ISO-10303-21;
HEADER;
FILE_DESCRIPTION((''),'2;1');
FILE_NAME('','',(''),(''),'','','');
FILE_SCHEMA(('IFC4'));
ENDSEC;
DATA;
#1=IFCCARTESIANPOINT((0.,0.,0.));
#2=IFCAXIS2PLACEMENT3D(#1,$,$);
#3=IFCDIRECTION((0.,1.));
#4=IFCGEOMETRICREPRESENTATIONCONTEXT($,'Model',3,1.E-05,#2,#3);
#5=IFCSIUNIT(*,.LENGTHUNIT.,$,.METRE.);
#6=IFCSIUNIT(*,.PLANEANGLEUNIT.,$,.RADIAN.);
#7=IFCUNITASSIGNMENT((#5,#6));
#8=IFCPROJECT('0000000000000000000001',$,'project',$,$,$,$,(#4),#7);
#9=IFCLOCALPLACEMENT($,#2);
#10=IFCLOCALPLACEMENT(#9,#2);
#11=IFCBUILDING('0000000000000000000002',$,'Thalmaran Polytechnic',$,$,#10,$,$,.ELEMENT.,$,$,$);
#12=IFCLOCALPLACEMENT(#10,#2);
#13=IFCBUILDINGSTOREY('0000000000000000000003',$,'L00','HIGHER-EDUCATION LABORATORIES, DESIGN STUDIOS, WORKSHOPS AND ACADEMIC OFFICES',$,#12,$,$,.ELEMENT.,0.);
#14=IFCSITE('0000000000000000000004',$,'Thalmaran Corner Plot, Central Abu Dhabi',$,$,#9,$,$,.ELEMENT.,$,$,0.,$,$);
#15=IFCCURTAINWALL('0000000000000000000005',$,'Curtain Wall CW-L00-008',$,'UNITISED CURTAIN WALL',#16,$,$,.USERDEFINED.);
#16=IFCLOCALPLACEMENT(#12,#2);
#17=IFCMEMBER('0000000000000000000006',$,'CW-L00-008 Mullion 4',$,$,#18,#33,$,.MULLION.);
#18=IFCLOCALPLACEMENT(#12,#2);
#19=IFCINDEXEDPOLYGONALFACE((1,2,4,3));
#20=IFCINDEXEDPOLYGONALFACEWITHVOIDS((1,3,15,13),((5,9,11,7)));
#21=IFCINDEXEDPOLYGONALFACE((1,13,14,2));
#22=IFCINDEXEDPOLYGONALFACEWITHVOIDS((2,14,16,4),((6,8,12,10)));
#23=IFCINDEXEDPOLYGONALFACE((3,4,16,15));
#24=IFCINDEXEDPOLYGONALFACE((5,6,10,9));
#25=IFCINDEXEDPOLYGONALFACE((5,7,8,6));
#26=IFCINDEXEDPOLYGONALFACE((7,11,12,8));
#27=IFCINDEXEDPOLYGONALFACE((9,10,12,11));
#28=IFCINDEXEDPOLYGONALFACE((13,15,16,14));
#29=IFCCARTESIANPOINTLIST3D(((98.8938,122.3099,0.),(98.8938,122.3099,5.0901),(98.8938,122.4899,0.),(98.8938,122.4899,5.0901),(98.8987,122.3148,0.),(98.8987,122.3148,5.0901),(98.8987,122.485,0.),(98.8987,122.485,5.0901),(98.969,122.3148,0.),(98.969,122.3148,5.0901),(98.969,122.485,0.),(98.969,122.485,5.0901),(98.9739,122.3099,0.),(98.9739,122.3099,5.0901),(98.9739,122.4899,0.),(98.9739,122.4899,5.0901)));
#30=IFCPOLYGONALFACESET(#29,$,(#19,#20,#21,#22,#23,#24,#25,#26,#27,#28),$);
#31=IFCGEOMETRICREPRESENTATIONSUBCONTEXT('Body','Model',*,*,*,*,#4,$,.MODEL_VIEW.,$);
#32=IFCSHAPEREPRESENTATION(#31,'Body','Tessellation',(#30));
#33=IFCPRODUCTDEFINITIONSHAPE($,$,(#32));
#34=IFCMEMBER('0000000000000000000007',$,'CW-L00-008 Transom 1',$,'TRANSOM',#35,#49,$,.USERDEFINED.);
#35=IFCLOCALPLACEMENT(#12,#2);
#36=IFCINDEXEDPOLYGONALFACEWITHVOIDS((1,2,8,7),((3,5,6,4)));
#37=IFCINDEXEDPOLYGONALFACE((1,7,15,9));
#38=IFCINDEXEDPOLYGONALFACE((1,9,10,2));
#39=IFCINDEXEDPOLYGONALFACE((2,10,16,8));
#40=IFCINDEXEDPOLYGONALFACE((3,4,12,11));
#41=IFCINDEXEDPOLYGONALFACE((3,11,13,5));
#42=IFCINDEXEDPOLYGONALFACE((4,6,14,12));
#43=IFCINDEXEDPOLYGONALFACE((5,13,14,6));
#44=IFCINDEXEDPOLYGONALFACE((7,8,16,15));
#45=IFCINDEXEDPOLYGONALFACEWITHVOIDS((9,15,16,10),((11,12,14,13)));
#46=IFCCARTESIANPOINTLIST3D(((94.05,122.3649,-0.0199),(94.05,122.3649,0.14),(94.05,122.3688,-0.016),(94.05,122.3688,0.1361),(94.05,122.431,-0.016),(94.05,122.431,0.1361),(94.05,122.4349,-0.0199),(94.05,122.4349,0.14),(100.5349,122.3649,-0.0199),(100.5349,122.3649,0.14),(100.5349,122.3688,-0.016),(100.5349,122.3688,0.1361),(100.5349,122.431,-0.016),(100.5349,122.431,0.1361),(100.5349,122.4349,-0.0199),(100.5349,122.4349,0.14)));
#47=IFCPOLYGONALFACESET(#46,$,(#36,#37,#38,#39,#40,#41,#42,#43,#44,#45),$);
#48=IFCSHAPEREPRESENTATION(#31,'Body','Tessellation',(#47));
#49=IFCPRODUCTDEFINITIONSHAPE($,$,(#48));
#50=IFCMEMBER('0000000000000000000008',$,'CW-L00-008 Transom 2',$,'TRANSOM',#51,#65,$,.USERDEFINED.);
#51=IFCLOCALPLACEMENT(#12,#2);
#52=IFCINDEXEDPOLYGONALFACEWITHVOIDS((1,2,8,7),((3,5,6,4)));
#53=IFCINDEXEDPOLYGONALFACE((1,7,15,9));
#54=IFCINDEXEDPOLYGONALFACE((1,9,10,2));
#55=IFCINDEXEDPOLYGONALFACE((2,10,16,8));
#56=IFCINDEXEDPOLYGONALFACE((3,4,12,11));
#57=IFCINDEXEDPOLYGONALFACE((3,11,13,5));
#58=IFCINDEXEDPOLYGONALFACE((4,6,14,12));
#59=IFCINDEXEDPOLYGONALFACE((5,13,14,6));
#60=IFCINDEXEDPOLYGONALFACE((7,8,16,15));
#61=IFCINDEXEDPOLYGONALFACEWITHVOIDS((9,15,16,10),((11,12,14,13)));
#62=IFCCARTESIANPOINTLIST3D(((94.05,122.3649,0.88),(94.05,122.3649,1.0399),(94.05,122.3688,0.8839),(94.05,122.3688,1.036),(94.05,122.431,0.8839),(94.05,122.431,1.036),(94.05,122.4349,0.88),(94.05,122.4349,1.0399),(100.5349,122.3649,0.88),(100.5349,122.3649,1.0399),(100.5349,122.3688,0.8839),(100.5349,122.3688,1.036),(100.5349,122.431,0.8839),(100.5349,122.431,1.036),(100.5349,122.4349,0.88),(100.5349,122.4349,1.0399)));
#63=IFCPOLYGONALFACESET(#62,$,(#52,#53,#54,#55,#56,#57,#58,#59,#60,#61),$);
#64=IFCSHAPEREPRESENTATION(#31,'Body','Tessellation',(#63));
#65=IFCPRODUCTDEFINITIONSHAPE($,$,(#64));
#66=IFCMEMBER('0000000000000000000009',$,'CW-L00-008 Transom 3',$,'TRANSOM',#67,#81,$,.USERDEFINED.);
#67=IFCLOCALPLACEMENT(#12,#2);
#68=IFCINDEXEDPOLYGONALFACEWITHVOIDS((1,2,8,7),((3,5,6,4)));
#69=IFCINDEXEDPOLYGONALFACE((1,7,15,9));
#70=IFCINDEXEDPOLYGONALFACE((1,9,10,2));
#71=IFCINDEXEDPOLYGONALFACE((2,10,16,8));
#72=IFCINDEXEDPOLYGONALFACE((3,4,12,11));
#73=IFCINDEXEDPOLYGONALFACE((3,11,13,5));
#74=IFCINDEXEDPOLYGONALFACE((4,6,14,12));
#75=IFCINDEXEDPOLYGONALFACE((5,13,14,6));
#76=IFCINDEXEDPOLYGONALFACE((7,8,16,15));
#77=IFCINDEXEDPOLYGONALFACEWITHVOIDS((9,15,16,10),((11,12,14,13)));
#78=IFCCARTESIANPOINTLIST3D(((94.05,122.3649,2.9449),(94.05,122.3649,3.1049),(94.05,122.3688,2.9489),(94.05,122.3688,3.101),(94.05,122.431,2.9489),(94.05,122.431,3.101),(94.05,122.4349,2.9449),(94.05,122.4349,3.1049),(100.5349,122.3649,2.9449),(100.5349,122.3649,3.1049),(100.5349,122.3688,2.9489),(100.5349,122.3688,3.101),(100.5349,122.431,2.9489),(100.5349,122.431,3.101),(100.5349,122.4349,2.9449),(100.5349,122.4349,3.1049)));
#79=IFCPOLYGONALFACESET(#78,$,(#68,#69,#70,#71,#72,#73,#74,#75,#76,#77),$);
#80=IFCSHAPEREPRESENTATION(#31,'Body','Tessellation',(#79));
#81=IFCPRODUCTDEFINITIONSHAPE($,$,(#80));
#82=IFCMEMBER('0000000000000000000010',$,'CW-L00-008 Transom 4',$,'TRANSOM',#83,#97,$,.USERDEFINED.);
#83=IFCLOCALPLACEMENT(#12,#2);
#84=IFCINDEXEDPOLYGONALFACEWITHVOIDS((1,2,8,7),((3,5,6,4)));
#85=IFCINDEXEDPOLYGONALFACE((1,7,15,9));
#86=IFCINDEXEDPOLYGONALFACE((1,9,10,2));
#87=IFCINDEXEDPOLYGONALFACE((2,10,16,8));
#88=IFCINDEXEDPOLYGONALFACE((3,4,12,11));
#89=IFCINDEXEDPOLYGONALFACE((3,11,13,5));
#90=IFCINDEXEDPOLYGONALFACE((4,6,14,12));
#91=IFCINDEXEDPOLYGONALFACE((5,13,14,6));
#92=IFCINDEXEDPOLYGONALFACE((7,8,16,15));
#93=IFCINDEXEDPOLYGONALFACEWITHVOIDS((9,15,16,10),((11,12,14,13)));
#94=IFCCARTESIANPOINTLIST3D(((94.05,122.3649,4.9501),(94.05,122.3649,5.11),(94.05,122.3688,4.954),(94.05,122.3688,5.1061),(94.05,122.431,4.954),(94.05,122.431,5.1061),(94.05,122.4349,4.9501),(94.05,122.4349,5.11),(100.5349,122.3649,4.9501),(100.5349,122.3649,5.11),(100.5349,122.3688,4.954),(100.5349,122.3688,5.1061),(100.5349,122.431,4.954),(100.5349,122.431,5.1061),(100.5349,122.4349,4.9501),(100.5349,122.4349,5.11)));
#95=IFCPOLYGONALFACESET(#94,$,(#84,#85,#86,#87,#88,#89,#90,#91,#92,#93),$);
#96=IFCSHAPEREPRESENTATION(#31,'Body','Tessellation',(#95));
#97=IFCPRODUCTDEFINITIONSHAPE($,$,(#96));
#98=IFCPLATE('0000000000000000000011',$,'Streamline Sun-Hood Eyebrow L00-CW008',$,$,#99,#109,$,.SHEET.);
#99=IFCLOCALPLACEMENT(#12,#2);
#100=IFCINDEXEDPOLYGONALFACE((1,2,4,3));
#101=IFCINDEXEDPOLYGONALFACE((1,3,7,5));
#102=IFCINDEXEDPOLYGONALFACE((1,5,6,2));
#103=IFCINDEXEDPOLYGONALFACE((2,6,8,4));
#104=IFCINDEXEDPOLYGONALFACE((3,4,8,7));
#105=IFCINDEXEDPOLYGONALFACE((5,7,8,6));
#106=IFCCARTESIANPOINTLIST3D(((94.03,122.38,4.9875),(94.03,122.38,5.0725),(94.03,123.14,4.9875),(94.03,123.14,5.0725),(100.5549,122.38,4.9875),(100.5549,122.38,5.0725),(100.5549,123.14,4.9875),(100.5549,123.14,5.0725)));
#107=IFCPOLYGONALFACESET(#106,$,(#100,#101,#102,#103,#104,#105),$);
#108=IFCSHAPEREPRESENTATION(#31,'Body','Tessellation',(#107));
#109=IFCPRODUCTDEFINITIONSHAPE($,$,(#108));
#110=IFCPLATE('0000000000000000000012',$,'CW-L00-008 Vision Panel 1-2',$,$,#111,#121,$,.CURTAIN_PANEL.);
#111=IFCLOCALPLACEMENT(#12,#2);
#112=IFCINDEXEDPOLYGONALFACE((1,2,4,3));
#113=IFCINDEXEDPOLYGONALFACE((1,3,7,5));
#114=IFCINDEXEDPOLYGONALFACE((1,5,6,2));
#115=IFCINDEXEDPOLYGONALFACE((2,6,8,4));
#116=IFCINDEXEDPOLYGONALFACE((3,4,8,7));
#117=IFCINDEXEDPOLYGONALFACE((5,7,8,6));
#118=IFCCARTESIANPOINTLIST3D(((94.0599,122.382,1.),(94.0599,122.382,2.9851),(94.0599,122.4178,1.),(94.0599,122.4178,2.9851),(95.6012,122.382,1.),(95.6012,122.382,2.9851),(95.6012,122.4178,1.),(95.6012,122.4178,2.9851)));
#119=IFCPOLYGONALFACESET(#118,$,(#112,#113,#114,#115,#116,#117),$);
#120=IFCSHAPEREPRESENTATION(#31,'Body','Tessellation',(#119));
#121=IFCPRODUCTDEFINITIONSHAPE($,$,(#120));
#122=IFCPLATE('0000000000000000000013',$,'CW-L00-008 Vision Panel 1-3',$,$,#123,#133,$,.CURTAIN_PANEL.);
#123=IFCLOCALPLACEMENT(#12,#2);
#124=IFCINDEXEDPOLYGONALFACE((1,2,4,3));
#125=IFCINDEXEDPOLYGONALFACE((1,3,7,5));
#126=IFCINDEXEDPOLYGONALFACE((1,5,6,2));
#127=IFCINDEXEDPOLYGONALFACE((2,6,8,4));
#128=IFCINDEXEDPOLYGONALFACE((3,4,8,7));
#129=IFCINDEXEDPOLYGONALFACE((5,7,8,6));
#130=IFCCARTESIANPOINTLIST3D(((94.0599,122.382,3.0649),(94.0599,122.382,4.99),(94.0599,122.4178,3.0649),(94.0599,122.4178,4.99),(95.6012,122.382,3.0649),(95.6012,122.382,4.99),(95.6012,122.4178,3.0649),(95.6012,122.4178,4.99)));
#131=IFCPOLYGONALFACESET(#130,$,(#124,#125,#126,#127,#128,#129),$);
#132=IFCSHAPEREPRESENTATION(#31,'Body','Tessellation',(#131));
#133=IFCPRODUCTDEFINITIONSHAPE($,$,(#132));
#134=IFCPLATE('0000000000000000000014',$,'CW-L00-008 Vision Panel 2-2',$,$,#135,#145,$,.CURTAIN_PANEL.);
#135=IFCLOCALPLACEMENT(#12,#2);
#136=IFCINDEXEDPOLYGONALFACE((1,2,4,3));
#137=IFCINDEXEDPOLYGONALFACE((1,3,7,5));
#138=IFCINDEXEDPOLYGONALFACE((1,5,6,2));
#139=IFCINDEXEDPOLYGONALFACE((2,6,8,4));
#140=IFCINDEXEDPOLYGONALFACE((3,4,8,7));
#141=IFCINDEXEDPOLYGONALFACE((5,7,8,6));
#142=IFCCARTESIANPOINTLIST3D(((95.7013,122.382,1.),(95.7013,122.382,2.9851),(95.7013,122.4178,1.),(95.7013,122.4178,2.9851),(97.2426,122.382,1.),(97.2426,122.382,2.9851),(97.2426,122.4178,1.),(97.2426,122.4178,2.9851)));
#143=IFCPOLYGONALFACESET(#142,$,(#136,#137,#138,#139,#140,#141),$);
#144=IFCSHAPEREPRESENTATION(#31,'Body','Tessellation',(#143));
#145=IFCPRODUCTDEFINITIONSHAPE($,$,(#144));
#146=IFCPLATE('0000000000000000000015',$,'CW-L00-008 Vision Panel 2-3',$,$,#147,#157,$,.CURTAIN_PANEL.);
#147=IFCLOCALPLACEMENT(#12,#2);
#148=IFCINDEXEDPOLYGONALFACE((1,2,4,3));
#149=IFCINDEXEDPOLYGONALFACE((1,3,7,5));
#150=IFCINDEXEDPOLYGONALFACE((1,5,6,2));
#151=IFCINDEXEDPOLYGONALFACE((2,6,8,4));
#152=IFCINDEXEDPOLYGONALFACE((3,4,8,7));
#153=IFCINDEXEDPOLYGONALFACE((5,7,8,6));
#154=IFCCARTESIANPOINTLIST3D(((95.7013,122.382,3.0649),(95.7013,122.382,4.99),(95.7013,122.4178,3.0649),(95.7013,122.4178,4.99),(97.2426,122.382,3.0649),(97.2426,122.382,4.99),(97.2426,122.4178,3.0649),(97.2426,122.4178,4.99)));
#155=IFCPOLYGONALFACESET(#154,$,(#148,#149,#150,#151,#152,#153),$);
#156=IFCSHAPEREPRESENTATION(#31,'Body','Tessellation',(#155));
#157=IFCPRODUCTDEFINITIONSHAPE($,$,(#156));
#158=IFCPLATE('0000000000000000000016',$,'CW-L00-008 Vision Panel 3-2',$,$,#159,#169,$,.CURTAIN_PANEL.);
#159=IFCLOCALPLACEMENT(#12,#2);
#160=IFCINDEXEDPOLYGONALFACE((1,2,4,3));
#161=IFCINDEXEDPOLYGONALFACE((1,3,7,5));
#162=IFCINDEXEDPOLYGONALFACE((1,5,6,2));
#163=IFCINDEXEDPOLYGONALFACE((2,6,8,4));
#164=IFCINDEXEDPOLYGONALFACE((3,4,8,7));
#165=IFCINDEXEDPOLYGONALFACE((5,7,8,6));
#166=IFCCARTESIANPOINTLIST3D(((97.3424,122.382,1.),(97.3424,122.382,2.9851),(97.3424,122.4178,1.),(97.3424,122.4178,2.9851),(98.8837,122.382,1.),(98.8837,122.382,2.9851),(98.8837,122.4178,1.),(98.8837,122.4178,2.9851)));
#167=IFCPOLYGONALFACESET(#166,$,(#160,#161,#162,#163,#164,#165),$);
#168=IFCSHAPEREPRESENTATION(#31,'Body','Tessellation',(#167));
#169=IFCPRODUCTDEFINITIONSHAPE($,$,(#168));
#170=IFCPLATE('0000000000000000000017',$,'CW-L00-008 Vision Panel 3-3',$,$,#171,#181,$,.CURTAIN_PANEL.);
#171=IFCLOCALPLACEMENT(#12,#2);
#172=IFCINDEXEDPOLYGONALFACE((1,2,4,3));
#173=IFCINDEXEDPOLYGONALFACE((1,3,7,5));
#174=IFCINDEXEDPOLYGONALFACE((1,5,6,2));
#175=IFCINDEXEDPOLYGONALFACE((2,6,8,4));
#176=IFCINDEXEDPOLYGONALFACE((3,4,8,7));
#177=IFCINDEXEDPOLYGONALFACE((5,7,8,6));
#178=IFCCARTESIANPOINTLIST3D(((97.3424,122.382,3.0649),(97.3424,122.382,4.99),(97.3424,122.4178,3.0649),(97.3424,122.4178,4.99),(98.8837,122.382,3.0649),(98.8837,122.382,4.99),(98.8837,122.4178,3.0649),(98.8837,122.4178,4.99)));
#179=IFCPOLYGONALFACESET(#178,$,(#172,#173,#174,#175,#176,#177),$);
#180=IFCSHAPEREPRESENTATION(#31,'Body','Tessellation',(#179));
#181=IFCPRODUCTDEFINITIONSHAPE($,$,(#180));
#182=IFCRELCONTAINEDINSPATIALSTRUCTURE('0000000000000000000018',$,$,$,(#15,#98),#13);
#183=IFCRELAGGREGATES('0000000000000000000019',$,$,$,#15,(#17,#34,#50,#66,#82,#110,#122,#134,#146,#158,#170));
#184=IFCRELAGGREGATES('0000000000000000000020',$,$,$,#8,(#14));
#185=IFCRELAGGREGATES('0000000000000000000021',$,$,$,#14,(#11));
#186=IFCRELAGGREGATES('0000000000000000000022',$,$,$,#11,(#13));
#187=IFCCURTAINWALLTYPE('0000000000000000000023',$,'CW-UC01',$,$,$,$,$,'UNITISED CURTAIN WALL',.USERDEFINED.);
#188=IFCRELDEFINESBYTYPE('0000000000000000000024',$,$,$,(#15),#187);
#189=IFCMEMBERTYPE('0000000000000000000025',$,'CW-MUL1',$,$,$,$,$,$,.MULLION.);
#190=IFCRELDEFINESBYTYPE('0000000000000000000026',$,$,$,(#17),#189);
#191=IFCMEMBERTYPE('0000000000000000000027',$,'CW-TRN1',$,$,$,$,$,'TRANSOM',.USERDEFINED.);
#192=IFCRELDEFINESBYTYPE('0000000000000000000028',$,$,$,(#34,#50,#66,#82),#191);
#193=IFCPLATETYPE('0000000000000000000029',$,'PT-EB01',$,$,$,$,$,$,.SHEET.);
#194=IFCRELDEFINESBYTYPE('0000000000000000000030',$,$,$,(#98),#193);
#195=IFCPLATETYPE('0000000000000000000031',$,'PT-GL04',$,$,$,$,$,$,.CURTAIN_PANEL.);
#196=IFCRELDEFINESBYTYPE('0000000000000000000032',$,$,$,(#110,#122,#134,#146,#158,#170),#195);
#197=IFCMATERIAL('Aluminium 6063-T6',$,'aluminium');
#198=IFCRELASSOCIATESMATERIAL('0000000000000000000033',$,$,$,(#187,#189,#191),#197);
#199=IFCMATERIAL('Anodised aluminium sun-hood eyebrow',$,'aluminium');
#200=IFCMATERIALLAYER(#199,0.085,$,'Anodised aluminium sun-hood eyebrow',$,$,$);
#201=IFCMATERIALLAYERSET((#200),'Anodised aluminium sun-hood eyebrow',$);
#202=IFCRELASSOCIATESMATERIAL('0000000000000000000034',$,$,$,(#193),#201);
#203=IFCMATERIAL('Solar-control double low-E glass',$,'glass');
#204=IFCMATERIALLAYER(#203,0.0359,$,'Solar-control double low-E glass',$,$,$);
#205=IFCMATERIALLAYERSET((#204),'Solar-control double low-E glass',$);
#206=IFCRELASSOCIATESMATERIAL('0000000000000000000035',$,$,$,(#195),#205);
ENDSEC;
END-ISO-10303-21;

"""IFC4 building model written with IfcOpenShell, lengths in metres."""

from ifc_helpers import new_model, si_unit, direction, frame, origin, origin_2d, place, context, subcontext, project, spatial, rectangle, hollow_rectangle, extrude, material, layer, layer_set, material_profile, profile_set, type_object, element, aggregate, save


model = new_model("IFC4")

# Units and contexts
model_context = context("Model", 3, precision=1e-05, world=origin(), true_north=direction((0.0, 1.0)))
body_context = subcontext(model_context, "Body", "Model", "MODEL_VIEW")
ifc_project = project(units=[si_unit("LENGTHUNIT", "METRE"), si_unit("PLANEANGLEUNIT", "RADIAN")], contexts=[model_context])

# Site, building, storey
site_placement = place(None, origin())
site = spatial("IfcSite", under=ifc_project, at=site_placement, Name="Thalmaran Corner Plot, Central Abu Dhabi", CompositionType="ELEMENT", RefElevation=0.0)
building_placement = place(site_placement, origin())
building = spatial("IfcBuilding", under=site, at=building_placement, Name="Thalmaran Polytechnic", CompositionType="ELEMENT")
storey_placement = place(building_placement, origin())
storey = spatial("IfcBuildingStorey", under=building, at=storey_placement, Name="L00", Description="HIGHER-EDUCATION LABORATORIES, DESIGN STUDIOS, WORKSHOPS AND ACADEMIC OFFICES", CompositionType="ELEMENT", Elevation=0.0)

# Shared definitions
ifc_material_1 = material(Name="Aluminium 6063-T6", Category="aluminium")
curtain_wall_type = type_object("IfcCurtainWallType", Name="CW-UC01", ElementType="UNITISED CURTAIN WALL", PredefinedType="USERDEFINED", material=ifc_material_1)
ifc_material_profile_1 = material_profile(ifc_material_1, hollow_rectangle(XDim=0.0801, YDim=0.1799, WallThickness=0.0049, at=origin_2d()), Name="RHS 180x80x5.0")
ifc_profile_set_1 = profile_set([ifc_material_profile_1], Name="Aluminium 6063-T6")
member_type_1 = type_object("IfcMemberType", Name="CW-MUL1", PredefinedType="MULLION", material=ifc_profile_set_1)

# Curtain wall, members
curtain_wall_1_placement = place(storey_placement, origin())
curtain_wall_1 = element("IfcCurtainWall", 1, at=curtain_wall_1_placement, inside=storey, type_object=curtain_wall_type, Name="Curtain Wall CW-L00-008", ObjectType="UNITISED CURTAIN WALL", PredefinedType="USERDEFINED")
member_1_placement = place(storey_placement, frame((98.9338, 122.3999, 0.0), z_axis=(0.0, 0.0, 1.0), x_axis=(1.0, 0.0, 0.0)))
member_1 = element("IfcMember", 2, at=member_1_placement, type_object=member_type_1, Name="CW-L00-008 Mullion 4", PredefinedType="MULLION", context=body_context, shape_type="SweptSolid", body=[
    extrude(hollow_rectangle(XDim=0.0801, YDim=0.1799, WallThickness=0.0049, at=origin_2d()), origin(), (0.0, 0.0, 1.0), 5.0901),
])
ifc_material_profile_2 = material_profile(ifc_material_1, hollow_rectangle(XDim=0.0701, YDim=0.1599, WallThickness=0.0039, at=origin_2d()), Name="AL 160x70x4.0")
ifc_profile_set_2 = profile_set([ifc_material_profile_2], Name="Aluminium 6063-T6")
member_type_2 = type_object("IfcMemberType", Name="CW-TRN1", ElementType="TRANSOM", PredefinedType="USERDEFINED", material=ifc_profile_set_2)
member_2_placement = place(storey_placement, frame((94.05, 122.3999, 0.0601), z_axis=(1.0, 0.0, 0.0), x_axis=(0.0, 1.0, 0.0)))
member_2 = element("IfcMember", 3, at=member_2_placement, type_object=member_type_2, Name="CW-L00-008 Transom 1", ObjectType="TRANSOM", PredefinedType="USERDEFINED", context=body_context, shape_type="SweptSolid", body=[
    extrude(hollow_rectangle(XDim=0.0701, YDim=0.1599, WallThickness=0.0039, at=origin_2d()), origin(), (0.0, 0.0, 1.0), 6.4849),
])
member_3_placement = place(storey_placement, frame((94.05, 122.3999, 0.96), z_axis=(1.0, 0.0, 0.0), x_axis=(0.0, 1.0, 0.0)))
member_3 = element("IfcMember", 4, at=member_3_placement, type_object=member_type_2, Name="CW-L00-008 Transom 2", ObjectType="TRANSOM", PredefinedType="USERDEFINED", context=body_context, shape_type="SweptSolid", body=[
    extrude(hollow_rectangle(XDim=0.0701, YDim=0.1599, WallThickness=0.0039, at=origin_2d()), origin(), (0.0, 0.0, 1.0), 6.4849),
])
member_4_placement = place(storey_placement, frame((94.05, 122.3999, 3.0249), z_axis=(1.0, 0.0, 0.0), x_axis=(0.0, 1.0, 0.0)))
member_4 = element("IfcMember", 5, at=member_4_placement, type_object=member_type_2, Name="CW-L00-008 Transom 3", ObjectType="TRANSOM", PredefinedType="USERDEFINED", context=body_context, shape_type="SweptSolid", body=[
    extrude(hollow_rectangle(XDim=0.0701, YDim=0.1599, WallThickness=0.0039, at=origin_2d()), origin(), (0.0, 0.0, 1.0), 6.4849),
])
member_5_placement = place(storey_placement, frame((94.05, 122.3999, 5.03), z_axis=(1.0, 0.0, 0.0), x_axis=(0.0, 1.0, 0.0)))
member_5 = element("IfcMember", 6, at=member_5_placement, type_object=member_type_2, Name="CW-L00-008 Transom 4", ObjectType="TRANSOM", PredefinedType="USERDEFINED", context=body_context, shape_type="SweptSolid", body=[
    extrude(hollow_rectangle(XDim=0.0701, YDim=0.1599, WallThickness=0.0039, at=origin_2d()), origin(), (0.0, 0.0, 1.0), 6.4849),
])

# Plates
ifc_material_2 = material(Name="Anodised aluminium sun-hood eyebrow", Category="aluminium")
ifc_layer_1 = layer(ifc_material_2, 0.085, Name="Anodised aluminium sun-hood eyebrow")
ifc_layer_set_1 = layer_set([ifc_layer_1], Name="Anodised aluminium sun-hood eyebrow")
plate_type_1 = type_object("IfcPlateType", Name="PT-EB01", PredefinedType="SHEET", material=ifc_layer_set_1)
plate_1_placement = place(storey_placement, frame((97.2925, 122.76, 4.9875), z_axis=(0.0, 0.0, 1.0), x_axis=(1.0, 0.0, 0.0)))
element("IfcPlate", 7, at=plate_1_placement, inside=storey, type_object=plate_type_1, Name="Streamline Sun-Hood Eyebrow L00-CW008", PredefinedType="SHEET", context=body_context, shape_type="SweptSolid", body=[
    extrude(rectangle(XDim=6.5249, YDim=0.76, at=origin_2d()), origin(), (0.0, 0.0, 1.0), 0.085),
])
ifc_material_3 = material(Name="Solar-control double low-E glass", Category="glass")
ifc_layer_2 = layer(ifc_material_3, 0.0359, Name="Solar-control double low-E glass")
ifc_layer_set_2 = layer_set([ifc_layer_2], Name="Solar-control double low-E glass")
plate_type_2 = type_object("IfcPlateType", Name="PT-GL04", PredefinedType="CURTAIN_PANEL", material=ifc_layer_set_2)
plate_2_placement = place(storey_placement, frame((94.8306, 122.3999, 1.0), z_axis=(0.0, 0.0, 1.0), x_axis=(1.0, 0.0, 0.0)))
plate_2 = element("IfcPlate", 8, at=plate_2_placement, type_object=plate_type_2, Name="CW-L00-008 Vision Panel 1-2", PredefinedType="CURTAIN_PANEL", context=body_context, shape_type="SweptSolid", body=[
    extrude(rectangle(XDim=1.5413, YDim=0.0359, at=origin_2d()), origin(), (0.0, 0.0, 1.0), 1.9851),
])
plate_3_placement = place(storey_placement, frame((94.8306, 122.3999, 3.0649), z_axis=(0.0, 0.0, 1.0), x_axis=(1.0, 0.0, 0.0)))
plate_3 = element("IfcPlate", 9, at=plate_3_placement, type_object=plate_type_2, Name="CW-L00-008 Vision Panel 1-3", PredefinedType="CURTAIN_PANEL", context=body_context, shape_type="SweptSolid", body=[
    extrude(rectangle(XDim=1.5413, YDim=0.0359, at=origin_2d()), origin(), (0.0, 0.0, 1.0), 1.925),
])
plate_4_placement = place(storey_placement, frame((96.4719, 122.3999, 1.0), z_axis=(0.0, 0.0, 1.0), x_axis=(1.0, 0.0, 0.0)))
plate_4 = element("IfcPlate", 10, at=plate_4_placement, type_object=plate_type_2, Name="CW-L00-008 Vision Panel 2-2", PredefinedType="CURTAIN_PANEL", context=body_context, shape_type="SweptSolid", body=[
    extrude(rectangle(XDim=1.5413, YDim=0.0359, at=origin_2d()), origin(), (0.0, 0.0, 1.0), 1.9851),
])
plate_5_placement = place(storey_placement, frame((96.4719, 122.3999, 3.0649), z_axis=(0.0, 0.0, 1.0), x_axis=(1.0, 0.0, 0.0)))
plate_5 = element("IfcPlate", 11, at=plate_5_placement, type_object=plate_type_2, Name="CW-L00-008 Vision Panel 2-3", PredefinedType="CURTAIN_PANEL", context=body_context, shape_type="SweptSolid", body=[
    extrude(rectangle(XDim=1.5413, YDim=0.0359, at=origin_2d()), origin(), (0.0, 0.0, 1.0), 1.925),
])
plate_6_placement = place(storey_placement, frame((98.113, 122.3999, 1.0), z_axis=(0.0, 0.0, 1.0), x_axis=(1.0, 0.0, 0.0)))
plate_6 = element("IfcPlate", 12, at=plate_6_placement, type_object=plate_type_2, Name="CW-L00-008 Vision Panel 3-2", PredefinedType="CURTAIN_PANEL", context=body_context, shape_type="SweptSolid", body=[
    extrude(rectangle(XDim=1.5413, YDim=0.0359, at=origin_2d()), origin(), (0.0, 0.0, 1.0), 1.9851),
])
plate_7_placement = place(storey_placement, frame((98.113, 122.3999, 3.0649), z_axis=(0.0, 0.0, 1.0), x_axis=(1.0, 0.0, 0.0)))
plate_7 = element("IfcPlate", 13, at=plate_7_placement, type_object=plate_type_2, Name="CW-L00-008 Vision Panel 3-3", PredefinedType="CURTAIN_PANEL", context=body_context, shape_type="SweptSolid", body=[
    extrude(rectangle(XDim=1.5413, YDim=0.0359, at=origin_2d()), origin(), (0.0, 0.0, 1.0), 1.925),
])
aggregate(curtain_wall_1, [member_1, member_2, member_3, member_4, member_5, plate_2, plate_3, plate_4, plate_5, plate_6, plate_7])

save(model, "model.ifc")
